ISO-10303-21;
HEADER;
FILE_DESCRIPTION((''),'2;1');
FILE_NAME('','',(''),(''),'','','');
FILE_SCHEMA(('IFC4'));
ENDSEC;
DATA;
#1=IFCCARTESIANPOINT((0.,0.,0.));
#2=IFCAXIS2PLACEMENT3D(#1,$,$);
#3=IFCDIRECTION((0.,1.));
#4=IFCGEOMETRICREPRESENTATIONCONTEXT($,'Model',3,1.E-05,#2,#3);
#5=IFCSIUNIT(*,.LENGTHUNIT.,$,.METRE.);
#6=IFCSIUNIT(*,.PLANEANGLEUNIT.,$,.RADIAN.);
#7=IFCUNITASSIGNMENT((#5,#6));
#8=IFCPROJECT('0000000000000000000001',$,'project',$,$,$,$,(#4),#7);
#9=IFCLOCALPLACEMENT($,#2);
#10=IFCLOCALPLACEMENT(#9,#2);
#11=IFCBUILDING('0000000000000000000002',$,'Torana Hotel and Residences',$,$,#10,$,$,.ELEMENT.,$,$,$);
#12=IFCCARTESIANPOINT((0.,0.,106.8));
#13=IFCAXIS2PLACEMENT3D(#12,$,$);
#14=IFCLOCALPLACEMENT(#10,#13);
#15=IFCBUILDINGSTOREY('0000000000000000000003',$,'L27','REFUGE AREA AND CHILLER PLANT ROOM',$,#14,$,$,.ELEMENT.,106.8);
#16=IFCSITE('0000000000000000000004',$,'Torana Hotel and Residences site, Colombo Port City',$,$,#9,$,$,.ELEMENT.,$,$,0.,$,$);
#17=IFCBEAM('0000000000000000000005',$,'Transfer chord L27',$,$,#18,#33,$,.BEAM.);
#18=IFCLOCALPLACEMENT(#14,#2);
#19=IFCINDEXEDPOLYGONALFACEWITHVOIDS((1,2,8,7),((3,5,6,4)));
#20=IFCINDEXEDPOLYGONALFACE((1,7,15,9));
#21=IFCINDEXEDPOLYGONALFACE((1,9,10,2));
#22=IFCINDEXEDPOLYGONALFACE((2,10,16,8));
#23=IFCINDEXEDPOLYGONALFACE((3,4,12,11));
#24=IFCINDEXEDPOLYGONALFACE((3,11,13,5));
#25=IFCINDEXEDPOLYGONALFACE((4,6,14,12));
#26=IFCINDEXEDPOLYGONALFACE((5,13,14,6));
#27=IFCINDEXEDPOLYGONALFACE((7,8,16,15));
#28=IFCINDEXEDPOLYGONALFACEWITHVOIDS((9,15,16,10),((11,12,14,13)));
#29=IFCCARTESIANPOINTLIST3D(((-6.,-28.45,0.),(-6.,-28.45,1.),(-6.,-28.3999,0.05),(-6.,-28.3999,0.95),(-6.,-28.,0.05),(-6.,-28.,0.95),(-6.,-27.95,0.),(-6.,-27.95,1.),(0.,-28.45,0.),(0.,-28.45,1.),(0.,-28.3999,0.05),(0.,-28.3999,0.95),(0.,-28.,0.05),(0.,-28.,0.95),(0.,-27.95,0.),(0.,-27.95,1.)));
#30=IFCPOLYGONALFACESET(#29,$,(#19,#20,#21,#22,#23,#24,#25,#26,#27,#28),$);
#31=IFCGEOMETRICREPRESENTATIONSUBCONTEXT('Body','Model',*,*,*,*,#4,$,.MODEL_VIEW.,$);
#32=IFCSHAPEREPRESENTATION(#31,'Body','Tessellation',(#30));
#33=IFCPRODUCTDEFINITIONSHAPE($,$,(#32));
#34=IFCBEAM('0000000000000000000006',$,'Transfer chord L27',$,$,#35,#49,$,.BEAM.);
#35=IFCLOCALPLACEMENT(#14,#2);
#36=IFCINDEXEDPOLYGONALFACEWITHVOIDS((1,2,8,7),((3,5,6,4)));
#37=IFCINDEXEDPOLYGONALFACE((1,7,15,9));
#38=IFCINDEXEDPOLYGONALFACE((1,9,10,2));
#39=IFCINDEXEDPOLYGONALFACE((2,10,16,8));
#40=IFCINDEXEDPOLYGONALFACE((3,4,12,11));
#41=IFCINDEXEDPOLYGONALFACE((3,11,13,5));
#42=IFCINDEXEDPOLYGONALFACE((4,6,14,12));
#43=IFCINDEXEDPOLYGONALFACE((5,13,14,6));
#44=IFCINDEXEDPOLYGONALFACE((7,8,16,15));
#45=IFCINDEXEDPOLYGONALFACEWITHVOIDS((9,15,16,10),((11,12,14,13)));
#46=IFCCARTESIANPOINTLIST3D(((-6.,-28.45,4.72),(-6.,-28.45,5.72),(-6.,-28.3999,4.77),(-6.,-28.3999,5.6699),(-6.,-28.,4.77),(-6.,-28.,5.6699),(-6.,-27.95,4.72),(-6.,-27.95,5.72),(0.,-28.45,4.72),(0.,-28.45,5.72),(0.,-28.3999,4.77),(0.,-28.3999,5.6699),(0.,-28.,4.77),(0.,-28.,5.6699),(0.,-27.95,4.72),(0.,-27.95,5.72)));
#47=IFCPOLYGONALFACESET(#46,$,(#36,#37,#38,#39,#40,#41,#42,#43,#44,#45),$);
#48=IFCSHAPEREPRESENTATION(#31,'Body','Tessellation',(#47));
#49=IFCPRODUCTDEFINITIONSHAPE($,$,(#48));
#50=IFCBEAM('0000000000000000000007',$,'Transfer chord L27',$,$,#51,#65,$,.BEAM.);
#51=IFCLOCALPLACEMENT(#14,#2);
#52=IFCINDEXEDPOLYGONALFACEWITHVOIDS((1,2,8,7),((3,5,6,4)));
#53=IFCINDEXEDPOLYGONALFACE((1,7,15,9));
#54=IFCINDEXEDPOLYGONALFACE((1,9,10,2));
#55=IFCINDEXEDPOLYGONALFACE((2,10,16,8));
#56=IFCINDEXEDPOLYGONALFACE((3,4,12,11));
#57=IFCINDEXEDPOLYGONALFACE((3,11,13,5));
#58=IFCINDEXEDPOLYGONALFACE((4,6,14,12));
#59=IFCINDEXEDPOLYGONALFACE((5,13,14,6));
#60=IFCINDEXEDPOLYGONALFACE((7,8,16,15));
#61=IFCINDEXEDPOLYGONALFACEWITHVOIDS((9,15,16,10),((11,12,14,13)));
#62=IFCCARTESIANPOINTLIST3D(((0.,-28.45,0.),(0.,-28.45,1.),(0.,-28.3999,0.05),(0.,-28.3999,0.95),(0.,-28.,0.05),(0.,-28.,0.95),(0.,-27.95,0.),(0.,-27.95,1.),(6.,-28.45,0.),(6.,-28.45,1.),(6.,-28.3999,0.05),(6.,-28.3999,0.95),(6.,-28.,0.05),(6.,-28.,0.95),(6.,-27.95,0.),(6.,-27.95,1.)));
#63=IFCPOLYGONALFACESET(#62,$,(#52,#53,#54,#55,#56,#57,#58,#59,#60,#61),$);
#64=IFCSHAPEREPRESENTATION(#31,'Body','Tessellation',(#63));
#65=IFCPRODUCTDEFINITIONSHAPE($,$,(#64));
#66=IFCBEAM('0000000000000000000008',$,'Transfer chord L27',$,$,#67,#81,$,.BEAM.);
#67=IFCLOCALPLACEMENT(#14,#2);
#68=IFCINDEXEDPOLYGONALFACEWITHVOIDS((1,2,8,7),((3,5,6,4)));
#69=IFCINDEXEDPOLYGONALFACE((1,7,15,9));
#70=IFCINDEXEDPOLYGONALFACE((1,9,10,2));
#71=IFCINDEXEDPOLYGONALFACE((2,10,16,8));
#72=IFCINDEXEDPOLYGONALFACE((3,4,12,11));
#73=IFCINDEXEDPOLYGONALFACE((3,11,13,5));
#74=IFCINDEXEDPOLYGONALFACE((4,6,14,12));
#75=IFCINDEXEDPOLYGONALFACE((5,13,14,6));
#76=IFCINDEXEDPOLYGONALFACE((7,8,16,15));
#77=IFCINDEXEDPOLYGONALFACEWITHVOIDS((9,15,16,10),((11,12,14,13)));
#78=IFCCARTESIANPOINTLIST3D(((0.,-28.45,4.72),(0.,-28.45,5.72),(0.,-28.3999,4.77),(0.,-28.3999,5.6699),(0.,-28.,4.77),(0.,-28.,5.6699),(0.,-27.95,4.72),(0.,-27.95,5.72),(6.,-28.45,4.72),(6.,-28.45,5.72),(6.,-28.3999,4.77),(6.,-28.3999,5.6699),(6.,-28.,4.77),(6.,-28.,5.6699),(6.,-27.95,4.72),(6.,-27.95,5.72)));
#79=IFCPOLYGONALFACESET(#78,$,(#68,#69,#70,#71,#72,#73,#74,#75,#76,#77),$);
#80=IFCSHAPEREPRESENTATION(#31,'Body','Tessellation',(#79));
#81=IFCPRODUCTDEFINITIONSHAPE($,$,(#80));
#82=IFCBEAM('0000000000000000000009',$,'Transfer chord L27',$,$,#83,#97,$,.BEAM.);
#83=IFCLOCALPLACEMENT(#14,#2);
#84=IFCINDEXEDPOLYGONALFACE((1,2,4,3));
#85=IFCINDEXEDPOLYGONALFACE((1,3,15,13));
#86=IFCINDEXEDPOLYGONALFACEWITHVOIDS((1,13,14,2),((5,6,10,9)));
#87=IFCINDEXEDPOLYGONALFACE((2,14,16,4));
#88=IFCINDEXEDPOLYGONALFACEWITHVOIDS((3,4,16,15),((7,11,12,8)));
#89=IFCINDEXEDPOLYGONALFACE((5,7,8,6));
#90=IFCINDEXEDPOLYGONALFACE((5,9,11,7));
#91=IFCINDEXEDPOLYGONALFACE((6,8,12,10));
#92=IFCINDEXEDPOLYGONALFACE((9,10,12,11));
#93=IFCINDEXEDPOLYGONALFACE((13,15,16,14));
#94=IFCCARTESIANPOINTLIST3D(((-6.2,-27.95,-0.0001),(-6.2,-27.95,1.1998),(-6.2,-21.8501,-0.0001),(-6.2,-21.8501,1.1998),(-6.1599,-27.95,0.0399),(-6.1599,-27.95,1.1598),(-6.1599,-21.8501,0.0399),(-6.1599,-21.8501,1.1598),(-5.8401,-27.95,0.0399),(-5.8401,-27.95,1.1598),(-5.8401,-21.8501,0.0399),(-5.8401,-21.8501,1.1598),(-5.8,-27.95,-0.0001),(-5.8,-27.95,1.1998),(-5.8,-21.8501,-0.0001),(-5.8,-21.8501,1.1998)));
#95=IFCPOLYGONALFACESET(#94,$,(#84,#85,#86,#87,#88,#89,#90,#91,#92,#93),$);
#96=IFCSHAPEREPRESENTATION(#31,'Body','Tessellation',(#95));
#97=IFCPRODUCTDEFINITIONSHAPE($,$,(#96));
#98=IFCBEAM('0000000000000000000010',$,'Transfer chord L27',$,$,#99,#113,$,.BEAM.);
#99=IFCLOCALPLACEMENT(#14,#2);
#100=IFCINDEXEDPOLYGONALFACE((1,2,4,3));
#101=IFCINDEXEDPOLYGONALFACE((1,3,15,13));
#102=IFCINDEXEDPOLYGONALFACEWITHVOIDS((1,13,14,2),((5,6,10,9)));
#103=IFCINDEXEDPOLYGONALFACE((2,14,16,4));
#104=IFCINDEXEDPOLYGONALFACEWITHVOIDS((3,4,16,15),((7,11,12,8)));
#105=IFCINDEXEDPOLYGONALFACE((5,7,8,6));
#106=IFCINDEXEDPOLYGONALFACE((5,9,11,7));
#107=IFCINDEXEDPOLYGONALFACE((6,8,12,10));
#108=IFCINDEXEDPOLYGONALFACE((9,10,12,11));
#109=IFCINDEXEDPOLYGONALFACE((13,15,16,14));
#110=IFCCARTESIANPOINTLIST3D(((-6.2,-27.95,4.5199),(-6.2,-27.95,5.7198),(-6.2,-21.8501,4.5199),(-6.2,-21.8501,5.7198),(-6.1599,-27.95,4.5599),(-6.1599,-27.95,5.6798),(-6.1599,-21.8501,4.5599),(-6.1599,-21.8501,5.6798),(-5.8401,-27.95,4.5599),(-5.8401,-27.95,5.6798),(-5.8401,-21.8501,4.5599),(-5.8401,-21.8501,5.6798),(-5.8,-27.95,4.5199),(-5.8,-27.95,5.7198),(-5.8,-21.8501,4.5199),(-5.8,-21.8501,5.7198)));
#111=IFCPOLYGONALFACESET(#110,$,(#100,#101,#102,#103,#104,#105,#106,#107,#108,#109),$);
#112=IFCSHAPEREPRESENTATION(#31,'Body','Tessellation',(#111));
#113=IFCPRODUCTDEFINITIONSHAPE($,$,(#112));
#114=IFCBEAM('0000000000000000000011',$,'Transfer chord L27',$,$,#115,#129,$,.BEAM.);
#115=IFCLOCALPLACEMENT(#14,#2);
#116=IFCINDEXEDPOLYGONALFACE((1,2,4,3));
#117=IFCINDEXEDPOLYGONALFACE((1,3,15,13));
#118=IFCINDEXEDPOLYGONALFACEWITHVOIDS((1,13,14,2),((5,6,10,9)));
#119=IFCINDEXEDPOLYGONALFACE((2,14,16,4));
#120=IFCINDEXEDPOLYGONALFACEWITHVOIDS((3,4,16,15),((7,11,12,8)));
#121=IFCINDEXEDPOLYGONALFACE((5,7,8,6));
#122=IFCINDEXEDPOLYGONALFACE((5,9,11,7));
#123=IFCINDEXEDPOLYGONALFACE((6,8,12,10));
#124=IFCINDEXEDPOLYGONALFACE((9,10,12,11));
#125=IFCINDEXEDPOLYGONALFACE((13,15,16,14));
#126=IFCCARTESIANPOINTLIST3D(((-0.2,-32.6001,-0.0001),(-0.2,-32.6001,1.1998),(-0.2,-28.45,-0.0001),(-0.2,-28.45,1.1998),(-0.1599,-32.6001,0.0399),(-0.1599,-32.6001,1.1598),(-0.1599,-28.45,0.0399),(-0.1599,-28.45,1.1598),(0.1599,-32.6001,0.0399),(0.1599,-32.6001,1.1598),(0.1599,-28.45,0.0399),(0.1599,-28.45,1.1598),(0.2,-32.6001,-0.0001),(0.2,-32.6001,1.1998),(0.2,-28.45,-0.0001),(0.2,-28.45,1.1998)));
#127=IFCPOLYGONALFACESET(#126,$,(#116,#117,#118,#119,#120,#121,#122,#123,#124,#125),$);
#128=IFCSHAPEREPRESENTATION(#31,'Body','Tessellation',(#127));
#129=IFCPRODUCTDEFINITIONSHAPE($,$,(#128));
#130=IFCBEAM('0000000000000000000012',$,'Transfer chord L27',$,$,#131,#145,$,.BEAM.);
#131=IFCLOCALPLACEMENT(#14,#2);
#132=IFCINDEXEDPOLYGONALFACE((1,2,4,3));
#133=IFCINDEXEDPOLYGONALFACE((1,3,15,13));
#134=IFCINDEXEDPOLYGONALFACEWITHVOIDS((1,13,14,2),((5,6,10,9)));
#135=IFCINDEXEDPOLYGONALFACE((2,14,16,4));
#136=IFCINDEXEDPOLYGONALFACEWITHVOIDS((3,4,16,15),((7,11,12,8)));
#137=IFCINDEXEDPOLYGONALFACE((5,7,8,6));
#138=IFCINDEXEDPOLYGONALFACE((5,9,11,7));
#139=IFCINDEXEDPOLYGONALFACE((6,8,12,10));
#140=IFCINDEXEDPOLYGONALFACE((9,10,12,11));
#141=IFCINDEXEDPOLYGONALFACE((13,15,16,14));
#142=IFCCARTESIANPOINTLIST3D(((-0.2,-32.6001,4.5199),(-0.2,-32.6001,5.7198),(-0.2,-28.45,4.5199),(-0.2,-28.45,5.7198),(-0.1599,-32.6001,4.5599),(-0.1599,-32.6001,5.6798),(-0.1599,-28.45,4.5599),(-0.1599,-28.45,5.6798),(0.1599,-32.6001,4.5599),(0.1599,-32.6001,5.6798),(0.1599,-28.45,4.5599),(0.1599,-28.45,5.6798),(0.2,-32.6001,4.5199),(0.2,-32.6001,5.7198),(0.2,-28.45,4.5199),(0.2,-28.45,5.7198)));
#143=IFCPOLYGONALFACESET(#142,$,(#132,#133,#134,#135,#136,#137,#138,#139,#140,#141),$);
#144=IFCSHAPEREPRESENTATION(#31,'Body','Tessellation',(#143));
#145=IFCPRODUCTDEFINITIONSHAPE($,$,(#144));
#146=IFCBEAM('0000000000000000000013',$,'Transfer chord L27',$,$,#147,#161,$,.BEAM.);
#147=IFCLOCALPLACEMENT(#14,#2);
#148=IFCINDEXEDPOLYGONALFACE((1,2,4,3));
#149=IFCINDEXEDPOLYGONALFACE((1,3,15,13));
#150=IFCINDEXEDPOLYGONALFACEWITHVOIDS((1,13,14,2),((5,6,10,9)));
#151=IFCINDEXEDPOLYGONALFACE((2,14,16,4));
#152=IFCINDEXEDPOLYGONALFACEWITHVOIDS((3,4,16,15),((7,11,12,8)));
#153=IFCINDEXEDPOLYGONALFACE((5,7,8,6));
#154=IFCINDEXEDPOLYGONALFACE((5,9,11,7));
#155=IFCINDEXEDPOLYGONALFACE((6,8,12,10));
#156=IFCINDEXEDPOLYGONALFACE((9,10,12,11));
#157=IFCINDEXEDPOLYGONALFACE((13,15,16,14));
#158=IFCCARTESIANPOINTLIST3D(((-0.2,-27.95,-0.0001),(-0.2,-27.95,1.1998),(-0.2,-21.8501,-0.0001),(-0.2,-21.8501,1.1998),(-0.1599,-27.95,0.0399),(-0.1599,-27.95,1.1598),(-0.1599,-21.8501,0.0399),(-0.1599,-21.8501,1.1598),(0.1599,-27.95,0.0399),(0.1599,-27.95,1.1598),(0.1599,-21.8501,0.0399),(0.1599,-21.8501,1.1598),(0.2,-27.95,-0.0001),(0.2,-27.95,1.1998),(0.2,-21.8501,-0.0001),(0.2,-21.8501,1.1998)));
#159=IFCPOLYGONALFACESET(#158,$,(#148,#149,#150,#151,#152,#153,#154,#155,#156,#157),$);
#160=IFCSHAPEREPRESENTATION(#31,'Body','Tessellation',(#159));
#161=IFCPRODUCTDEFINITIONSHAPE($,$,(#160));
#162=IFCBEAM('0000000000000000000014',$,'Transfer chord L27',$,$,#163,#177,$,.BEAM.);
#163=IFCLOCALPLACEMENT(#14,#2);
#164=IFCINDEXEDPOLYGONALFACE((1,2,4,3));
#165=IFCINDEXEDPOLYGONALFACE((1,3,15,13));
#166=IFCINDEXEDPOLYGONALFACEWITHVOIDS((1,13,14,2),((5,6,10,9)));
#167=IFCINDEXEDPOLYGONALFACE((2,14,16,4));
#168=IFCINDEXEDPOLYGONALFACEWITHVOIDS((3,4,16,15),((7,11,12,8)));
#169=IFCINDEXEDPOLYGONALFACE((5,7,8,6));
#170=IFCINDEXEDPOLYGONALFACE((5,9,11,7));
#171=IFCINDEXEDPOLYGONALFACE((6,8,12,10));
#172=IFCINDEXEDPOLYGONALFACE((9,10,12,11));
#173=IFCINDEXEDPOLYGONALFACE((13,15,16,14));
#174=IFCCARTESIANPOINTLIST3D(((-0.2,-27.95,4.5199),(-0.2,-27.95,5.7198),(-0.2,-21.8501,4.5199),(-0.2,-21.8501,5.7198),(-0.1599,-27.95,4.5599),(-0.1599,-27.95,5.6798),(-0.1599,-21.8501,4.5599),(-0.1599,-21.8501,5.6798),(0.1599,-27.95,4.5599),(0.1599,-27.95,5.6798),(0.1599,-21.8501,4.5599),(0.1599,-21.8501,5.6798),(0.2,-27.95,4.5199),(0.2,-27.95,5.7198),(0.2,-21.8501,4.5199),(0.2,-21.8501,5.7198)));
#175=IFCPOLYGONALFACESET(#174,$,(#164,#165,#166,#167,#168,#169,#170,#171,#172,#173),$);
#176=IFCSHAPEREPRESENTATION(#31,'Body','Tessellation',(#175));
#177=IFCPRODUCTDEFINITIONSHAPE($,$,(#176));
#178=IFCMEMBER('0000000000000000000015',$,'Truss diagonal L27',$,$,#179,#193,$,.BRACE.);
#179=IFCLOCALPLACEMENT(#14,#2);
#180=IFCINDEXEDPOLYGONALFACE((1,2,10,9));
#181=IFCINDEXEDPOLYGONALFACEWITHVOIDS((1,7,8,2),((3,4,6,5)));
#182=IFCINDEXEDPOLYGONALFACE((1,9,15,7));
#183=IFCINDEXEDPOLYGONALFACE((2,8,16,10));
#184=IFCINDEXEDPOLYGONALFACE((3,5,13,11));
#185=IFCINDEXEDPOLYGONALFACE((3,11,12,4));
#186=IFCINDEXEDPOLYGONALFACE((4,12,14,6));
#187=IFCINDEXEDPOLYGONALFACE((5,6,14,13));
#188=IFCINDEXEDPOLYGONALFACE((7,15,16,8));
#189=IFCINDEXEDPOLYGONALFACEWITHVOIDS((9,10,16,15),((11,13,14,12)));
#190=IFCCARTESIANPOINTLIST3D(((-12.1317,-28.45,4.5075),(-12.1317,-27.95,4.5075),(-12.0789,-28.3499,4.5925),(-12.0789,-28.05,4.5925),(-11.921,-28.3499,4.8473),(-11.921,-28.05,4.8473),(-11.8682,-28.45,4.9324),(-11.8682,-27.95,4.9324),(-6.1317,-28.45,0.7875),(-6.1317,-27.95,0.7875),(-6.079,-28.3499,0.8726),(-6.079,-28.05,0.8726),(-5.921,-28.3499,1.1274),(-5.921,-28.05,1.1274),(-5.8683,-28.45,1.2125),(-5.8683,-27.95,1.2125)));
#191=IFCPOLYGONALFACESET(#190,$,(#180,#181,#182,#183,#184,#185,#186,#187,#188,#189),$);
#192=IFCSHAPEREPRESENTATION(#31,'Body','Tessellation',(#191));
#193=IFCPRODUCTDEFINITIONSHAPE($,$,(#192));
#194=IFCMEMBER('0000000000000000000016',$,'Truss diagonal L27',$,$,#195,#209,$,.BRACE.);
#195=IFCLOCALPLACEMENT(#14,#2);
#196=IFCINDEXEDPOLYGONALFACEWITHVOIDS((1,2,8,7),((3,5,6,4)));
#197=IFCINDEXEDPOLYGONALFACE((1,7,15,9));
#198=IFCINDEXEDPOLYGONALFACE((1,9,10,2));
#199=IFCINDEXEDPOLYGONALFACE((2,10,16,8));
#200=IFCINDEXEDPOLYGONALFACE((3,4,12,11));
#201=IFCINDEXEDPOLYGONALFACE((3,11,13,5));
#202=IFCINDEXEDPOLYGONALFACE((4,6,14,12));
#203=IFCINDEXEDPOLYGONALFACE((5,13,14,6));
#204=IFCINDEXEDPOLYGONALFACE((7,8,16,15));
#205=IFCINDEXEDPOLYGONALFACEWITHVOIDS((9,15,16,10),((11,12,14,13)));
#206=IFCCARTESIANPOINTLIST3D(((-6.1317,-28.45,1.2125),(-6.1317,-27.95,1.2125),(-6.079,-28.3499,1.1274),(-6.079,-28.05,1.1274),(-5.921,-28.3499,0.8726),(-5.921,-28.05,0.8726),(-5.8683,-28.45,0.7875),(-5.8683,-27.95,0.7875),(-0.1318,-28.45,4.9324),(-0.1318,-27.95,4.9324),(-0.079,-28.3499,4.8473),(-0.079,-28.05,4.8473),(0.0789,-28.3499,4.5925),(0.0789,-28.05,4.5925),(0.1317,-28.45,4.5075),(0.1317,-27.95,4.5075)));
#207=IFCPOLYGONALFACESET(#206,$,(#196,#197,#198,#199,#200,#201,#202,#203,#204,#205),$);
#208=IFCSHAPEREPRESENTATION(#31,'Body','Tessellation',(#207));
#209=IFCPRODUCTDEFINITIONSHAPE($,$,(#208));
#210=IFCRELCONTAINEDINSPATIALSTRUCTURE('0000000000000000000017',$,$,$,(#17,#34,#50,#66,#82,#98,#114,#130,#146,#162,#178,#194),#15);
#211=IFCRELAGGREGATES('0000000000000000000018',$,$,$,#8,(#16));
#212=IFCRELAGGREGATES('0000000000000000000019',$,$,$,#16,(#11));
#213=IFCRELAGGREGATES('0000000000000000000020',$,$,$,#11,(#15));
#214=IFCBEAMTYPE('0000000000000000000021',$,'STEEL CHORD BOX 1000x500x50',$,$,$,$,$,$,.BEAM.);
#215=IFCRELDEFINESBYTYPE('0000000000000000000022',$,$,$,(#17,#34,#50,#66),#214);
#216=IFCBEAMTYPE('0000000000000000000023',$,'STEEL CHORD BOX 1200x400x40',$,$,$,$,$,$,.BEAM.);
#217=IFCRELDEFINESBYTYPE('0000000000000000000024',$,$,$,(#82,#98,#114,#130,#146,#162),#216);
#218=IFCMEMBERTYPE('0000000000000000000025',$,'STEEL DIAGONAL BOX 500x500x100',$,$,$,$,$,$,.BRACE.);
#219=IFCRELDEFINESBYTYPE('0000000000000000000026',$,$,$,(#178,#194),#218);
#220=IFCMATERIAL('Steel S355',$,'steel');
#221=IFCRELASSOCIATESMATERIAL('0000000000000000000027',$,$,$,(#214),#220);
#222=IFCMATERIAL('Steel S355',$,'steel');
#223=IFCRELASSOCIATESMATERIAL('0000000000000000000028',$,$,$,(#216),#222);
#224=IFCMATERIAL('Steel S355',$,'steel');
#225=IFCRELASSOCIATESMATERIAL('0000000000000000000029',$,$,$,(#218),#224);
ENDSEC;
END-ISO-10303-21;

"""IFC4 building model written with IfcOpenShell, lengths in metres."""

from ifc_helpers import new_model, si_unit, direction, frame, origin, origin_2d, place, context, subcontext, project, spatial, hollow_rectangle, extrude, material, material_profile, profile_set, type_object, element, save


model = new_model("IFC4")

# Units and contexts
model_context = context("Model", 3, precision=1e-05, world=origin(), true_north=direction((0.0, 1.0)))
body_context = subcontext(model_context, "Body", "Model", "MODEL_VIEW")
ifc_project = project(units=[si_unit("LENGTHUNIT", "METRE"), si_unit("PLANEANGLEUNIT", "RADIAN")], contexts=[model_context])

# Site, building, storey
site_placement = place(None, origin())
site = spatial("IfcSite", under=ifc_project, at=site_placement, Name="Torana Hotel and Residences site, Colombo Port City", CompositionType="ELEMENT", RefElevation=0.0)
building_placement = place(site_placement, origin())
building = spatial("IfcBuilding", under=site, at=building_placement, Name="Torana Hotel and Residences", CompositionType="ELEMENT")
storey_placement = place(building_placement, frame((0.0, 0.0, 106.8)))
storey = spatial("IfcBuildingStorey", under=building, at=storey_placement, Name="L27", Description="REFUGE AREA AND CHILLER PLANT ROOM", CompositionType="ELEMENT", Elevation=106.8)

# Beams
ifc_material_1 = material(Name="Steel S355", Category="steel")
ifc_material_profile_1 = material_profile(ifc_material_1, hollow_rectangle(XDim=0.5, YDim=1.0, WallThickness=0.05, at=origin_2d()), Name="BOX 1000x500x50")
ifc_profile_set_1 = profile_set([ifc_material_profile_1], Name="Steel S355")
beam_type_1 = type_object("IfcBeamType", Name="STEEL CHORD BOX 1000x500x50", PredefinedType="BEAM", material=ifc_profile_set_1)
for number, where, z_axis, x_axis, name in (
    (1, (-6.0, -28.2, 0.5), (1.0, 0.0, 0.0), (0.0, 1.0, 0.0), "Transfer chord L27"),
    (2, (-6.0, -28.2, 5.22), (1.0, 0.0, 0.0), (0.0, 1.0, 0.0), "Transfer chord L27"),
    (3, (0.0, -28.2, 0.5), (1.0, 0.0, 0.0), (0.0, 1.0, 0.0), "Transfer chord L27"),
    (4, (0.0, -28.2, 5.22), (1.0, 0.0, 0.0), (0.0, 1.0, 0.0), "Transfer chord L27"),
):
    element("IfcBeam", number, at=place(storey_placement, frame(where, z_axis=z_axis, x_axis=x_axis)), inside=storey, type_object=beam_type_1, Name=name, PredefinedType="BEAM", context=body_context, shape_type="SweptSolid", body=[
        extrude(hollow_rectangle(XDim=0.5, YDim=1.0, WallThickness=0.05, at=origin_2d()), origin(), (0.0, 0.0, 1.0), 6.0),
    ])
ifc_material_2 = material(Name="Steel S355", Category="steel")
ifc_material_profile_2 = material_profile(ifc_material_2, hollow_rectangle(XDim=0.3999, YDim=1.2, WallThickness=0.04, at=origin_2d()), Name="BOX 1200x400x40")
ifc_profile_set_2 = profile_set([ifc_material_profile_2], Name="Steel S355")
beam_type_2 = type_object("IfcBeamType", Name="STEEL CHORD BOX 1200x400x40", PredefinedType="BEAM", material=ifc_profile_set_2)
for number, where, z_axis, x_axis, name in (
    (5, (-6.0, -27.95, 0.5999), (0.0, 1.0, 0.0), (-1.0, 0.0, 0.0), "Transfer chord L27"),
    (6, (-6.0, -27.95, 5.1199), (0.0, 1.0, 0.0), (-1.0, 0.0, 0.0), "Transfer chord L27"),
):
    element("IfcBeam", number, at=place(storey_placement, frame(where, z_axis=z_axis, x_axis=x_axis)), inside=storey, type_object=beam_type_2, Name=name, PredefinedType="BEAM", context=body_context, shape_type="SweptSolid", body=[
        extrude(hollow_rectangle(XDim=0.3999, YDim=1.2, WallThickness=0.04, at=origin_2d()), origin(), (0.0, 0.0, 1.0), 6.0999),
    ])
for number, where, z_axis, x_axis, name in (
    (7, (0.0, -32.6001, 0.5999), (0.0, 1.0, 0.0), (-1.0, 0.0, 0.0), "Transfer chord L27"),
    (8, (0.0, -32.6001, 5.1199), (0.0, 1.0, 0.0), (-1.0, 0.0, 0.0), "Transfer chord L27"),
):
    element("IfcBeam", number, at=place(storey_placement, frame(where, z_axis=z_axis, x_axis=x_axis)), inside=storey, type_object=beam_type_2, Name=name, PredefinedType="BEAM", context=body_context, shape_type="SweptSolid", body=[
        extrude(hollow_rectangle(XDim=0.3999, YDim=1.2, WallThickness=0.04, at=origin_2d()), origin(), (0.0, 0.0, 1.0), 4.1501),
    ])
for number, where, z_axis, x_axis, name in (
    (9, (0.0, -27.95, 0.5999), (0.0, 1.0, 0.0), (-1.0, 0.0, 0.0), "Transfer chord L27"),
    (10, (0.0, -27.95, 5.1199), (0.0, 1.0, 0.0), (-1.0, 0.0, 0.0), "Transfer chord L27"),
):
    element("IfcBeam", number, at=place(storey_placement, frame(where, z_axis=z_axis, x_axis=x_axis)), inside=storey, type_object=beam_type_2, Name=name, PredefinedType="BEAM", context=body_context, shape_type="SweptSolid", body=[
        extrude(hollow_rectangle(XDim=0.3999, YDim=1.2, WallThickness=0.04, at=origin_2d()), origin(), (0.0, 0.0, 1.0), 6.0999),
    ])

# Members
ifc_material_3 = material(Name="Steel S355", Category="steel")
ifc_material_profile_3 = material_profile(ifc_material_3, hollow_rectangle(XDim=0.5, YDim=0.5, WallThickness=0.1001, at=origin_2d()), Name="BOX 500x500x100")
ifc_profile_set_3 = profile_set([ifc_material_profile_3], Name="Steel S355")
member_type_1 = type_object("IfcMemberType", Name="STEEL DIAGONAL BOX 500x500x100", PredefinedType="BRACE", material=ifc_profile_set_3)
for number, where, z_axis, x_axis, name in (
    (11, (-6.0, -28.2, 1.0), (-0.849905, 0.0, 0.526937), (0.0, -1.0, 0.0), "Truss diagonal L27"),
    (12, (-6.0, -28.2, 1.0), (0.849905, 0.0, 0.526937), (0.0, 1.0, 0.0), "Truss diagonal L27"),
):
    element("IfcMember", number, at=place(storey_placement, frame(where, z_axis=z_axis, x_axis=x_axis)), inside=storey, type_object=member_type_1, Name=name, PredefinedType="BRACE", context=body_context, shape_type="SweptSolid", body=[
        extrude(hollow_rectangle(XDim=0.5, YDim=0.5, WallThickness=0.1001, at=origin_2d()), origin(), (0.0, 0.0, 1.0), 7.0596),
    ])

save(model, "model.ifc")
